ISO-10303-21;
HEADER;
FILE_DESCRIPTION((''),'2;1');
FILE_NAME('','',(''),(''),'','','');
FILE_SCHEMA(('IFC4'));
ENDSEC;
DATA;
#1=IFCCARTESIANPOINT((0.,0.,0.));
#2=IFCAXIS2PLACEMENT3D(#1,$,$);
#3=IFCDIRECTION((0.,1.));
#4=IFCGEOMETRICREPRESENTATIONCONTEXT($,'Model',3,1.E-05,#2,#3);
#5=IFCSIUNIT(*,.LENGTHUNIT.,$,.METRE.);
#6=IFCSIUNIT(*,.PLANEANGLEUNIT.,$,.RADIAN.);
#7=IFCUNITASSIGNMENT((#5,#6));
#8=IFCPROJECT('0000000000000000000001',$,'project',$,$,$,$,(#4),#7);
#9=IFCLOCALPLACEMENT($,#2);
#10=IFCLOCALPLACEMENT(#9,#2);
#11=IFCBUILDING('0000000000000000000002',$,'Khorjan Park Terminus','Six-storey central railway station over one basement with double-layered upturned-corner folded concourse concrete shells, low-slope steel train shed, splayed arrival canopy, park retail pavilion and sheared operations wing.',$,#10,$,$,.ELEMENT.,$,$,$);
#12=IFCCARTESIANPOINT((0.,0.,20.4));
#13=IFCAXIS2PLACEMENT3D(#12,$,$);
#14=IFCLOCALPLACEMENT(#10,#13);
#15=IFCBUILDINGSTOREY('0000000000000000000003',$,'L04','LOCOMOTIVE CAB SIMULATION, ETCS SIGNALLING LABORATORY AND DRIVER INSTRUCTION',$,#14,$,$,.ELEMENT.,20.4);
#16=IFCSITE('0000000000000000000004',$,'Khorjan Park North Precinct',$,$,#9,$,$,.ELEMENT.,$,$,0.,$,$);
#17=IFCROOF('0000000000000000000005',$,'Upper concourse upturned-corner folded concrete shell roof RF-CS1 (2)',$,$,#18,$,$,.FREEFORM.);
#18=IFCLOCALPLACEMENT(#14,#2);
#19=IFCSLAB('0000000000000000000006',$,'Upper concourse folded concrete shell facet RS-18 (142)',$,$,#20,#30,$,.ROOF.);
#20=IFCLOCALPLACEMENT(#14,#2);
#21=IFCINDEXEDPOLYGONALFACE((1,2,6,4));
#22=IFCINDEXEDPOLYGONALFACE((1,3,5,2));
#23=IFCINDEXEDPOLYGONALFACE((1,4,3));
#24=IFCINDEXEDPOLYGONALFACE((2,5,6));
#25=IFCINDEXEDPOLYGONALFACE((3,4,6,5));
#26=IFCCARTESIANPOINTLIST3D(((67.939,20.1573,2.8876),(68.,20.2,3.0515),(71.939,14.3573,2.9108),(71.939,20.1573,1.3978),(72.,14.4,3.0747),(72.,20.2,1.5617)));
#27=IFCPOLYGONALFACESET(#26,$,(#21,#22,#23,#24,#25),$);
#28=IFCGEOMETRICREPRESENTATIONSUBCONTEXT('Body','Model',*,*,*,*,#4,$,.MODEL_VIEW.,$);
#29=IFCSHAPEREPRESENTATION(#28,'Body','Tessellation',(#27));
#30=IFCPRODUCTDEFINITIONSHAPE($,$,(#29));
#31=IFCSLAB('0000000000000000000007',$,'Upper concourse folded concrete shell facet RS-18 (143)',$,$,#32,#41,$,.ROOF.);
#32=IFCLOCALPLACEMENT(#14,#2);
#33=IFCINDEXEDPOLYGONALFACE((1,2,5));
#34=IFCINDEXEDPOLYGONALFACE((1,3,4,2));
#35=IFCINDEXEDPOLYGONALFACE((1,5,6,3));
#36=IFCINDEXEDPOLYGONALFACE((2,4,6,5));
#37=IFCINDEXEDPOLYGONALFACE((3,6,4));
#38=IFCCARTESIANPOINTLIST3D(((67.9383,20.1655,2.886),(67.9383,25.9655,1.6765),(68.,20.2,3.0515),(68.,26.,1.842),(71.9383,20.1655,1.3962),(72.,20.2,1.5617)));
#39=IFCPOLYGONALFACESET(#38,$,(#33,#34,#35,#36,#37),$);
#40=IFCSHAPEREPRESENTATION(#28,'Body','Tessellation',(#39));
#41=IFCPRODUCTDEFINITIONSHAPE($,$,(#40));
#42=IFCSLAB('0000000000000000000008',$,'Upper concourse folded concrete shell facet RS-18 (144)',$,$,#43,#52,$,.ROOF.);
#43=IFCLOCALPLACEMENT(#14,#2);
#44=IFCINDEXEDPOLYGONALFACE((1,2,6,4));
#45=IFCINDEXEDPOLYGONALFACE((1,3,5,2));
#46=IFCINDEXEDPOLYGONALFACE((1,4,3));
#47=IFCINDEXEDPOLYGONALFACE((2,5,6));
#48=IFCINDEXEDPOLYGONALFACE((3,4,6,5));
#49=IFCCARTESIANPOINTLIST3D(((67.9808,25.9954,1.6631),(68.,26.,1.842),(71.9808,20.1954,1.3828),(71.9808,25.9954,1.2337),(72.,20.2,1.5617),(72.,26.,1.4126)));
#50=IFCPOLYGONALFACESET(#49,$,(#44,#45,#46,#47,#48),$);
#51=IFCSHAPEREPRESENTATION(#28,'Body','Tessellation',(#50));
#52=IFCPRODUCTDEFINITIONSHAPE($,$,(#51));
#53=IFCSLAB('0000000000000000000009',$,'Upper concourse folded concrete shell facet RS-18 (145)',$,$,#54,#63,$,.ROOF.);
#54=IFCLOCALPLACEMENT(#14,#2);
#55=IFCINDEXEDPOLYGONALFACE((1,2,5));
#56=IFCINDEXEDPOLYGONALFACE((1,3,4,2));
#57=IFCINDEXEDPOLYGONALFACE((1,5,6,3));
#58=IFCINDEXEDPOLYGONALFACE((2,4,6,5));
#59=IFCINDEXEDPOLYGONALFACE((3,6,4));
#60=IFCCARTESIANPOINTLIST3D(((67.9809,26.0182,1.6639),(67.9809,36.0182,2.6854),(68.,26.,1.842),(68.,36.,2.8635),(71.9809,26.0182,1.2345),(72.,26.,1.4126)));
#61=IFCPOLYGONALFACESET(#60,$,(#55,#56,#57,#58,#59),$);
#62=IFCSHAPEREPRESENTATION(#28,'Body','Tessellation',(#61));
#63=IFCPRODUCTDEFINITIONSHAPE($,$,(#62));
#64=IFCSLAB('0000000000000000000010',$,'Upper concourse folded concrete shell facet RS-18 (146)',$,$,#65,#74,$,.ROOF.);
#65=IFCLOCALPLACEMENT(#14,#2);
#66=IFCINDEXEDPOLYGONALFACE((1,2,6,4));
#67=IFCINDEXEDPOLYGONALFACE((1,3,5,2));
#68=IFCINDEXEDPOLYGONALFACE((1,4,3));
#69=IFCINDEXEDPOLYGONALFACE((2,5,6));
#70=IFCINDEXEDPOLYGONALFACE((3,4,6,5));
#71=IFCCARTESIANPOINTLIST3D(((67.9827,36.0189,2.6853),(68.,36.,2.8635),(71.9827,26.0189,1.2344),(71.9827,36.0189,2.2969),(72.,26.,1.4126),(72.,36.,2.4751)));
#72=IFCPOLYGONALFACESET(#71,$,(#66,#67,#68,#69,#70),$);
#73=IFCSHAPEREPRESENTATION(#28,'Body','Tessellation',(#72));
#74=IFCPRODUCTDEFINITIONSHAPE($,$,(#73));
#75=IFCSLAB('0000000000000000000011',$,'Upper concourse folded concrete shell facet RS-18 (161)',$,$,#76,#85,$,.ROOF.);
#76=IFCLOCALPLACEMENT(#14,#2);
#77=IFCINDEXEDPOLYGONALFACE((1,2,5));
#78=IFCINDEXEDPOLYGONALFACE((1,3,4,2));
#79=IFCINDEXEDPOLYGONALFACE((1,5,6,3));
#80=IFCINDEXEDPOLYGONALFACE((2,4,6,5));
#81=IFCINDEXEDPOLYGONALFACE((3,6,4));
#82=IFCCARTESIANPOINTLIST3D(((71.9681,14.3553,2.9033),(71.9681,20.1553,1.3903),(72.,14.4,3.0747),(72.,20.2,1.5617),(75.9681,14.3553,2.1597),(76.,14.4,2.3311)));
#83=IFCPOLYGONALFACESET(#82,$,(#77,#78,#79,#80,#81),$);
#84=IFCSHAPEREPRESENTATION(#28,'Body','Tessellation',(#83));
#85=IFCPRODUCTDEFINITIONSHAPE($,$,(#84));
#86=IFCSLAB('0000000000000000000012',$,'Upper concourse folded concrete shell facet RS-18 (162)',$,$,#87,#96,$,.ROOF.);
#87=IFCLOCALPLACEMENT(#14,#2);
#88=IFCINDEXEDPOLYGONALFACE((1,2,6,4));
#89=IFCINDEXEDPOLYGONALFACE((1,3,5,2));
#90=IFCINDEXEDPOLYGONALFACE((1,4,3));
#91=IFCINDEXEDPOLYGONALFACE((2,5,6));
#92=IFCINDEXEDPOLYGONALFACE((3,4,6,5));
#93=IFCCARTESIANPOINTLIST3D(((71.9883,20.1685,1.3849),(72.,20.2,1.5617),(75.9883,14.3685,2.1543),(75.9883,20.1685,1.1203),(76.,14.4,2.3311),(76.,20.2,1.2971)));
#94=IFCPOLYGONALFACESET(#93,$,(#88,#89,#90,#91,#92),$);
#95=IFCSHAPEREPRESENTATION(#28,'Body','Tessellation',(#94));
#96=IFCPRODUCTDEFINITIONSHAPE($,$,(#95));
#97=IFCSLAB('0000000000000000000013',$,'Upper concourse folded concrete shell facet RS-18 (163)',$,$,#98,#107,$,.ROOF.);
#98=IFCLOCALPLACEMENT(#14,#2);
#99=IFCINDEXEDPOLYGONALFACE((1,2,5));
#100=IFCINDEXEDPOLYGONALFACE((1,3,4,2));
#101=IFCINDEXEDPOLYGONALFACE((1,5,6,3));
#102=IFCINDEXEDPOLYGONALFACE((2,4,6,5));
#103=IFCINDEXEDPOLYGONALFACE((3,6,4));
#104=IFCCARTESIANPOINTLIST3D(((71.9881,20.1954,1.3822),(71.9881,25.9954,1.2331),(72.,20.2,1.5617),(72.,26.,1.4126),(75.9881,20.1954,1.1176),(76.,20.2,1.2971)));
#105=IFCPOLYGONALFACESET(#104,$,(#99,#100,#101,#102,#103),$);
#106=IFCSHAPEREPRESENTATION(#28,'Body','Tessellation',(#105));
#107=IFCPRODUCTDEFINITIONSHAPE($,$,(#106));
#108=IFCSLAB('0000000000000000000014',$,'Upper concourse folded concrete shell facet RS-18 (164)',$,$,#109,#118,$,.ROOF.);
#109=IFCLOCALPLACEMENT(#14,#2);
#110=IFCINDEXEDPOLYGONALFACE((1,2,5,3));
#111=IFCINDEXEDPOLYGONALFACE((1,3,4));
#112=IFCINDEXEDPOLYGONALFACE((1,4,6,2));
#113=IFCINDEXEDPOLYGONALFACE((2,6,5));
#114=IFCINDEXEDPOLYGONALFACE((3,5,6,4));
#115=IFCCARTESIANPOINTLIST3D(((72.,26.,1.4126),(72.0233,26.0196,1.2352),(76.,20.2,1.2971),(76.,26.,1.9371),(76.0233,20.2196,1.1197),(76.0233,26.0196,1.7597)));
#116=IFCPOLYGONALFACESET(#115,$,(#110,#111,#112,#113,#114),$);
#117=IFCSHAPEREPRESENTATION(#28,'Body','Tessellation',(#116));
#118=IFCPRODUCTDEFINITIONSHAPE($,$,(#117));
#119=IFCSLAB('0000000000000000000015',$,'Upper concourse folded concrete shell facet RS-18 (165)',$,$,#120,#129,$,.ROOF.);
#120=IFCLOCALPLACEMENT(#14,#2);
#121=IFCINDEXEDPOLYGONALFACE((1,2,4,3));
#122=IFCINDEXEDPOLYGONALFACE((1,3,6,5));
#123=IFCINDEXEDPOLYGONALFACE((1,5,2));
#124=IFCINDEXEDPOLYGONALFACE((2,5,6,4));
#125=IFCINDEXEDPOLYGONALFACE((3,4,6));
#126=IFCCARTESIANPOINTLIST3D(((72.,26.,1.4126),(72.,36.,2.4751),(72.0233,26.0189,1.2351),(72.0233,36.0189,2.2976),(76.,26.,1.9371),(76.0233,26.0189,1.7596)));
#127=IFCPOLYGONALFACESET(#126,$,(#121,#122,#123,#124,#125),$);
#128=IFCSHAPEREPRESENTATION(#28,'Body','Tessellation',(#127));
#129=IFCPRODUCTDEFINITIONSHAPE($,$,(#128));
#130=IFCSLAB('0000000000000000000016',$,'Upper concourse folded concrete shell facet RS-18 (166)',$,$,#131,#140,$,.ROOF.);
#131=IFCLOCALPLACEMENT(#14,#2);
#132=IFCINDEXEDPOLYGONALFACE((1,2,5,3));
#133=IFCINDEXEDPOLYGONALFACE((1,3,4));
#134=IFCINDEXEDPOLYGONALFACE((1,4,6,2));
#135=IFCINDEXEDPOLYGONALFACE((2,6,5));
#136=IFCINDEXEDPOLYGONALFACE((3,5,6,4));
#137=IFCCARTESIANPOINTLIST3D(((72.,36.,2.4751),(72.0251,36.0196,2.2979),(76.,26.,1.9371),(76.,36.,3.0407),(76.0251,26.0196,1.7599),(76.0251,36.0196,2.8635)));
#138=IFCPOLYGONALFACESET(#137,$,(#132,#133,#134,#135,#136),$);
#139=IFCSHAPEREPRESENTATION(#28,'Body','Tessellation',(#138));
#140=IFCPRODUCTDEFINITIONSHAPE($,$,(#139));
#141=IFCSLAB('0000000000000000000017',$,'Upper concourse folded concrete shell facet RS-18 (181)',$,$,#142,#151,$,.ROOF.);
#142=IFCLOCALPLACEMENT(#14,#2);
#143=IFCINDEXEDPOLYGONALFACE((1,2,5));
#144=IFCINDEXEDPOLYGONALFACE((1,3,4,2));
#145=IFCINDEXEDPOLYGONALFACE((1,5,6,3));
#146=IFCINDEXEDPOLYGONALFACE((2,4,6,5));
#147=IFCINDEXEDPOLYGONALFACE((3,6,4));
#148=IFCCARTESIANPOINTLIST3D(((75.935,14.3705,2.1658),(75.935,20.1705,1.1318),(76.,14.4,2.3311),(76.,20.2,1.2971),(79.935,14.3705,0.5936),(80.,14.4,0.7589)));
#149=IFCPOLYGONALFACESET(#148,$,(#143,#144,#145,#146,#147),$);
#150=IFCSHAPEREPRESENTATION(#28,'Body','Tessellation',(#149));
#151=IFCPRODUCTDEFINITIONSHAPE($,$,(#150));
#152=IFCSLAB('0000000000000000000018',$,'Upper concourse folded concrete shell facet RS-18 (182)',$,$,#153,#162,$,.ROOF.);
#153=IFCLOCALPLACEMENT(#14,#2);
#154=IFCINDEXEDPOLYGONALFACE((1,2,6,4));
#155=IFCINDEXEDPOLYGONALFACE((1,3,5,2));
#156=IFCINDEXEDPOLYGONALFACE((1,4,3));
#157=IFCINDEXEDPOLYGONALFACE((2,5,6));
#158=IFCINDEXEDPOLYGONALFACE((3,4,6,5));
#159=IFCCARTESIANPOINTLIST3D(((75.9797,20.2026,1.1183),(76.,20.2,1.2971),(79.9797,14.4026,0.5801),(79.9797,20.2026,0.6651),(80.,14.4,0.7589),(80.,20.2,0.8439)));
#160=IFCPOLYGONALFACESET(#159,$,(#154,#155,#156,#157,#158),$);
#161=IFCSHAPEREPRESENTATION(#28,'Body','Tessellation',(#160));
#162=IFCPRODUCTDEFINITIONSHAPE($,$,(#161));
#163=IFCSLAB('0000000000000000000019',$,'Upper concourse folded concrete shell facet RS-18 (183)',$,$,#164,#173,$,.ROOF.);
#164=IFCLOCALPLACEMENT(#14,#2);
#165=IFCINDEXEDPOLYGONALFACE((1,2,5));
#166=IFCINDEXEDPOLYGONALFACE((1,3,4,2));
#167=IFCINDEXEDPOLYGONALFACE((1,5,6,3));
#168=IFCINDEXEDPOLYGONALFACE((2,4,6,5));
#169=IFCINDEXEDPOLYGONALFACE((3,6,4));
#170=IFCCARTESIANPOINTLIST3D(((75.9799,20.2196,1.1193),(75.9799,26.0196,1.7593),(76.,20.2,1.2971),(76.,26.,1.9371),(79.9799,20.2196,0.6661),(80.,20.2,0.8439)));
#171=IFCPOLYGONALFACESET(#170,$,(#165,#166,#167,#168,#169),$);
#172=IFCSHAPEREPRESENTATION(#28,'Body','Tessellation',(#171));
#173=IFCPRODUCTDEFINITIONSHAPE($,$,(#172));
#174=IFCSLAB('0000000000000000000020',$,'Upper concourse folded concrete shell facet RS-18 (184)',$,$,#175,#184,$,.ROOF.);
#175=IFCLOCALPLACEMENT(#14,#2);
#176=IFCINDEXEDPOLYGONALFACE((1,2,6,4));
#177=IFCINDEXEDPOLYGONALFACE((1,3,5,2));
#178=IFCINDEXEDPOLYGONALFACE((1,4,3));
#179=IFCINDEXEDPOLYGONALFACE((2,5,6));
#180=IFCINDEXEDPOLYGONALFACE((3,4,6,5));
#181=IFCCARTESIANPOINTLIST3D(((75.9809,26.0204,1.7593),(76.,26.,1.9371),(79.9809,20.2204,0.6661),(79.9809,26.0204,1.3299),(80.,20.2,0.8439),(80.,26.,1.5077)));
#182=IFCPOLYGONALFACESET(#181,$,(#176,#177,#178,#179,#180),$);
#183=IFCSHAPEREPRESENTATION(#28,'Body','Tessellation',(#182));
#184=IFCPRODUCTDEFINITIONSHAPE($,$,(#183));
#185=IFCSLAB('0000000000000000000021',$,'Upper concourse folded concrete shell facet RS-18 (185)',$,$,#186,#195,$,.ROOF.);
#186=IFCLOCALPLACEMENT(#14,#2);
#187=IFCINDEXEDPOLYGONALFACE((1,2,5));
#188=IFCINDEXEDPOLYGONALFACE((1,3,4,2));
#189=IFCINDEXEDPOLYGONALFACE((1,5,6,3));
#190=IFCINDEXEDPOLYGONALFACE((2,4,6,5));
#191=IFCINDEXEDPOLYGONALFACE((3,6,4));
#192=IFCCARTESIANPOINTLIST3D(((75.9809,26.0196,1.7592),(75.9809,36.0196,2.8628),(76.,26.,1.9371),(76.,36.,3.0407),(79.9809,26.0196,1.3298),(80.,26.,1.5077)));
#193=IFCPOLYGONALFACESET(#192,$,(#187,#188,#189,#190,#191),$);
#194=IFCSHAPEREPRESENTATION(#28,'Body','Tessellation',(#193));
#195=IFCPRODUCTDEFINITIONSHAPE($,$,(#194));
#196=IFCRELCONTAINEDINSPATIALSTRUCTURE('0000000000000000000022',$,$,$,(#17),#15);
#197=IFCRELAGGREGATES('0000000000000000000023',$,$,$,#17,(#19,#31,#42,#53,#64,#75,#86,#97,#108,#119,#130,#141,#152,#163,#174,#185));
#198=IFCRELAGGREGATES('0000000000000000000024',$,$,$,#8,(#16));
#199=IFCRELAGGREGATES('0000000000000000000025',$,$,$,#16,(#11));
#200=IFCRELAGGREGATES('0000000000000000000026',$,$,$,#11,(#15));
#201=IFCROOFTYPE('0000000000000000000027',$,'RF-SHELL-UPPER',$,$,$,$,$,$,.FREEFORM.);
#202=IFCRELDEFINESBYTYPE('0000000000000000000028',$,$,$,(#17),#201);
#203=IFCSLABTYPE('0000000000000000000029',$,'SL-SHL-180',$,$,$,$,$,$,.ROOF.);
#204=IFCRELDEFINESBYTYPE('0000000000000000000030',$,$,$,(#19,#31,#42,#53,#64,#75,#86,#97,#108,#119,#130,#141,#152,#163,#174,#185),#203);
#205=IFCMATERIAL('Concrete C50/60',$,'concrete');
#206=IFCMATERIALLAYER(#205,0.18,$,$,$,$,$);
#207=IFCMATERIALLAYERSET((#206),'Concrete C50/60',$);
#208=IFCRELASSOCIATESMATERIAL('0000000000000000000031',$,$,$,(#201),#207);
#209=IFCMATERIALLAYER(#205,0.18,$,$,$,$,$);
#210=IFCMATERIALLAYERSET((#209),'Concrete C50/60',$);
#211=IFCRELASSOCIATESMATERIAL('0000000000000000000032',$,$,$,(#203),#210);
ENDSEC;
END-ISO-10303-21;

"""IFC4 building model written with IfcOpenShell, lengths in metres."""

from ifc_helpers import new_model, si_unit, direction, frame, origin, place, context, subcontext, project, spatial, polyline, outline, extrude, material, layer, layer_set, type_object, element, aggregate, save


model = new_model("IFC4")

# Units and contexts
model_context = context("Model", 3, precision=1e-05, world=origin(), true_north=direction((0.0, 1.0)))
body_context = subcontext(model_context, "Body", "Model", "MODEL_VIEW")
ifc_project = project(units=[si_unit("LENGTHUNIT", "METRE"), si_unit("PLANEANGLEUNIT", "RADIAN")], contexts=[model_context])

# Site, building, storey
site_placement = place(None, origin())
site = spatial("IfcSite", under=ifc_project, at=site_placement, Name="Khorjan Park North Precinct", CompositionType="ELEMENT", RefElevation=0.0)
building_placement = place(site_placement, origin())
building = spatial("IfcBuilding", under=site, at=building_placement, Name="Khorjan Park Terminus", Description="Six-storey central railway station over one basement with double-layered upturned-corner folded concourse concrete shells, low-slope steel train shed, splayed arrival canopy, park retail pavilion and sheared operations wing.", CompositionType="ELEMENT")
storey_placement = place(building_placement, frame((0.0, 0.0, 20.4)))
storey = spatial("IfcBuildingStorey", under=building, at=storey_placement, Name="L04", Description="LOCOMOTIVE CAB SIMULATION, ETCS SIGNALLING LABORATORY AND DRIVER INSTRUCTION", CompositionType="ELEMENT", Elevation=20.4)

# Roof, slabs
ifc_material = material(Name="Concrete C50/60", Category="concrete")
ifc_layer_1 = layer(ifc_material, 0.18)
ifc_layer_set_1 = layer_set([ifc_layer_1], Name="Concrete C50/60")
roof_type = type_object("IfcRoofType", Name="RF-SHELL-UPPER", PredefinedType="FREEFORM", material=ifc_layer_set_1)
roof_1_placement = place(storey_placement, origin())
roof_1 = element("IfcRoof", 1, at=roof_1_placement, inside=storey, type_object=roof_type, Name="Upper concourse upturned-corner folded concrete shell roof RF-CS1 (2)", PredefinedType="FREEFORM")
ifc_layer_2 = layer(ifc_material, 0.18)
ifc_layer_set_2 = layer_set([ifc_layer_2], Name="Concrete C50/60")
slab_type = type_object("IfcSlabType", Name="SL-SHL-180", PredefinedType="ROOF", material=ifc_layer_set_2)
slab_1_placement = place(storey_placement, frame((72.0, 14.4, 3.0747), z_axis=(0.339044, 0.237465, 0.910307), x_axis=(0.0, 0.967619, -0.252415)))
slab_1 = element("IfcSlab", 2, at=slab_1_placement, type_object=slab_type, Name="Upper concourse folded concrete shell facet RS-18 (142)", PredefinedType="ROOF", context=body_context, shape_type="SweptSolid", body=[
    extrude(outline(polyline([(0.0, 0.0), (5.9941, 0.0), (5.618, 4.2518), (0.0, 0.0)])), origin(), (0.0, 0.0, -1.0), 0.18),
])
slab_2_placement = place(storey_placement, frame((68.0, 20.2, 3.0515), z_axis=(0.342548, 0.191792, 0.919715), x_axis=(0.937112, 0.0, -0.349028)))
slab_2 = element("IfcSlab", 3, at=slab_2_placement, type_object=slab_type, Name="Upper concourse folded concrete shell facet RS-18 (143)", PredefinedType="ROOF", context=body_context, shape_type="SweptSolid", body=[
    extrude(outline(polyline([(0.0, 0.0), (4.2684, 0.0), (0.4221, 5.9097), (0.0, 0.0)])), origin(), (0.0, 0.0, -1.0), 0.18),
])
slab_3_placement = place(storey_placement, frame((72.0, 20.2, 1.5617), z_axis=(0.106702, 0.025552, 0.993963), x_axis=(0.0, 0.99967, -0.025698)))
slab_3 = element("IfcSlab", 4, at=slab_3_placement, type_object=slab_type, Name="Upper concourse folded concrete shell facet RS-18 (144)", PredefinedType="ROOF", context=body_context, shape_type="SweptSolid", body=[
    extrude(outline(polyline([(0.0, 0.0), (5.8019, 0.0), (5.7909, 4.023), (0.0, 0.0)])), origin(), (0.0, 0.0, -1.0), 0.18),
])
slab_4_placement = place(storey_placement, frame((68.0, 26.0, 1.842), z_axis=(0.10619, -0.101047, 0.989198), x_axis=(0.994287, 0.0, -0.106737)))
slab_4 = element("IfcSlab", 5, at=slab_4_placement, type_object=slab_type, Name="Upper concourse folded concrete shell facet RS-18 (145)", PredefinedType="ROOF", context=body_context, shape_type="SweptSolid", body=[
    extrude(outline(polyline([(0.0, 0.0), (4.023, 0.0), (-0.109, 10.0514), (0.0, 0.0)])), origin(), (0.0, 0.0, -1.0), 0.18),
])
slab_5_placement = place(storey_placement, frame((72.0, 26.0, 1.4126), z_axis=(0.09611, -0.105166, 0.989799), x_axis=(0.0, 0.994403, 0.105655)))
slab_5 = element("IfcSlab", 6, at=slab_5_placement, type_object=slab_type, Name="Upper concourse folded concrete shell facet RS-18 (146)", PredefinedType="ROOF", context=body_context, shape_type="SweptSolid", body=[
    extrude(outline(polyline([(0.0, 0.0), (10.0563, 0.0), (10.0973, 4.0186), (0.0, 0.0)])), origin(), (0.0, 0.0, -1.0), 0.18),
])
slab_6_placement = place(storey_placement, frame((72.0, 14.4, 3.0747), z_axis=(0.177039, 0.248428, 0.952334), x_axis=(0.983156, 0.0, -0.182769)))
slab_6 = element("IfcSlab", 7, at=slab_6_placement, type_object=slab_type, Name="Upper concourse folded concrete shell facet RS-18 (161)", PredefinedType="ROOF", context=body_context, shape_type="SweptSolid", body=[
    extrude(outline(polyline([(0.0, 0.0), (4.0685, 0.0), (0.2765, 5.9877), (0.0, 0.0)])), origin(), (0.0, 0.0, -1.0), 0.18),
])
slab_7_placement = place(storey_placement, frame((76.0, 14.4, 2.3311), z_axis=(0.064986, 0.175138, 0.982397), x_axis=(0.0, 0.984478, -0.175509)))
slab_7 = element("IfcSlab", 8, at=slab_7_placement, type_object=slab_type, Name="Upper concourse folded concrete shell facet RS-18 (162)", PredefinedType="ROOF", context=body_context, shape_type="SweptSolid", body=[
    extrude(outline(polyline([(0.0, 0.0), (5.8914, 0.0), (5.845, 4.0085), (0.0, 0.0)])), origin(), (0.0, 0.0, -1.0), 0.18),
])
slab_8_placement = place(storey_placement, frame((72.0, 20.2, 1.5617), z_axis=(0.065984, 0.025642, 0.997491), x_axis=(0.997819, 0.0, -0.066006)))
slab_8 = element("IfcSlab", 9, at=slab_8_placement, type_object=slab_type, Name="Upper concourse folded concrete shell facet RS-18 (163)", PredefinedType="ROOF", context=body_context, shape_type="SweptSolid", body=[
    extrude(outline(polyline([(0.0, 0.0), (4.0087, 0.0), (0.0098, 5.8019), (0.0, 0.0)])), origin(), (0.0, 0.0, -1.0), 0.18),
])
slab_9_placement = place(storey_placement, frame((76.0, 20.2, 1.2971), z_axis=(-0.129241, -0.108759, 0.985631), x_axis=(0.0, 0.993967, 0.109679)))
slab_9 = element("IfcSlab", 10, at=slab_9_placement, type_object=slab_type, Name="Upper concourse folded concrete shell facet RS-18 (164)", PredefinedType="ROOF", context=body_context, shape_type="SweptSolid", body=[
    extrude(outline(polyline([(0.0, 0.0), (5.8352, 0.0), (5.7777, 4.0338), (0.0, 0.0)])), origin(), (0.0, 0.0, -1.0), 0.18),
])
slab_10_placement = place(storey_placement, frame((72.0, 26.0, 1.4126), z_axis=(-0.129297, -0.104768, 0.986056), x_axis=(0.991512, 0.0, 0.130012)))
slab_10 = element("IfcSlab", 11, at=slab_10_placement, type_object=slab_type, Name="Upper concourse folded concrete shell facet RS-18 (165)", PredefinedType="ROOF", context=body_context, shape_type="SweptSolid", body=[
    extrude(outline(polyline([(0.0, 0.0), (4.0342, 0.0), (0.1381, 10.0553), (0.0, 0.0)])), origin(), (0.0, 0.0, -1.0), 0.18),
])
slab_11_placement = place(storey_placement, frame((76.0, 26.0, 1.9371), z_axis=(-0.139179, -0.108626, 0.984291), x_axis=(0.0, 0.993965, 0.109694)))
slab_11 = element("IfcSlab", 12, at=slab_11_placement, type_object=slab_type, Name="Upper concourse folded concrete shell facet RS-18 (166)", PredefinedType="ROOF", context=body_context, shape_type="SweptSolid", body=[
    extrude(outline(polyline([(0.0, 0.0), (10.0607, 0.0), (9.9987, 4.0393), (0.0, 0.0)])), origin(), (0.0, 0.0, -1.0), 0.18),
])
slab_12_placement = place(storey_placement, frame((76.0, 14.4, 2.3311), z_axis=(0.360874, 0.163682, 0.918138), x_axis=(0.93069, 0.0, -0.365808)))
slab_12 = element("IfcSlab", 13, at=slab_12_placement, type_object=slab_type, Name="Upper concourse folded concrete shell facet RS-18 (181)", PredefinedType="ROOF", context=body_context, shape_type="SweptSolid", body=[
    extrude(outline(polyline([(0.0, 0.0), (4.2979, 0.0), (0.3782, 5.8793), (0.0, 0.0)])), origin(), (0.0, 0.0, -1.0), 0.18),
])
slab_13_placement = place(storey_placement, frame((80.0, 14.4, 0.7589), z_axis=(0.112568, -0.01456, 0.993537), x_axis=(0.0, 0.999893, 0.014654)))
slab_13 = element("IfcSlab", 14, at=slab_13_placement, type_object=slab_type, Name="Upper concourse folded concrete shell facet RS-18 (182)", PredefinedType="ROOF", context=body_context, shape_type="SweptSolid", body=[
    extrude(outline(polyline([(0.0, 0.0), (5.8006, 0.0), (5.8073, 4.0256), (0.0, 0.0)])), origin(), (0.0, 0.0, -1.0), 0.18),
])
slab_14_placement = place(storey_placement, frame((76.0, 20.2, 1.2971), z_axis=(0.111909, -0.10899, 0.987723), x_axis=(0.993643, 0.0, -0.11258)))
slab_14 = element("IfcSlab", 15, at=slab_14_placement, type_object=slab_type, Name="Upper concourse folded concrete shell facet RS-18 (183)", PredefinedType="ROOF", context=body_context, shape_type="SweptSolid", body=[
    extrude(outline(polyline([(0.0, 0.0), (4.0256, 0.0), (-0.0721, 5.8348), (0.0, 0.0)])), origin(), (0.0, 0.0, -1.0), 0.18),
])
slab_15_placement = place(storey_placement, frame((80.0, 20.2, 0.8439), z_axis=(0.106052, -0.113065, 0.987912), x_axis=(0.0, 0.993514, 0.113706)))
slab_15 = element("IfcSlab", 16, at=slab_15_placement, type_object=slab_type, Name="Upper concourse folded concrete shell facet RS-18 (184)", PredefinedType="ROOF", context=body_context, shape_type="SweptSolid", body=[
    extrude(outline(polyline([(0.0, 0.0), (5.8379, 0.0), (5.8867, 4.0227), (0.0, 0.0)])), origin(), (0.0, 0.0, -1.0), 0.18),
])
slab_16_placement = place(storey_placement, frame((76.0, 26.0, 1.9371), z_axis=(0.1061, -0.109075, 0.988355), x_axis=(0.994287, 0.0, -0.106737)))
slab_16 = element("IfcSlab", 17, at=slab_16_placement, type_object=slab_type, Name="Upper concourse folded concrete shell facet RS-18 (185)", PredefinedType="ROOF", context=body_context, shape_type="SweptSolid", body=[
    extrude(outline(polyline([(0.0, 0.0), (4.023, 0.0), (-0.1178, 10.06), (0.0, 0.0)])), origin(), (0.0, 0.0, -1.0), 0.18),
])
aggregate(roof_1, [slab_1, slab_2, slab_3, slab_4, slab_5, slab_6, slab_7, slab_8, slab_9, slab_10, slab_11, slab_12, slab_13, slab_14, slab_15, slab_16])

save(model, "model.ifc")
